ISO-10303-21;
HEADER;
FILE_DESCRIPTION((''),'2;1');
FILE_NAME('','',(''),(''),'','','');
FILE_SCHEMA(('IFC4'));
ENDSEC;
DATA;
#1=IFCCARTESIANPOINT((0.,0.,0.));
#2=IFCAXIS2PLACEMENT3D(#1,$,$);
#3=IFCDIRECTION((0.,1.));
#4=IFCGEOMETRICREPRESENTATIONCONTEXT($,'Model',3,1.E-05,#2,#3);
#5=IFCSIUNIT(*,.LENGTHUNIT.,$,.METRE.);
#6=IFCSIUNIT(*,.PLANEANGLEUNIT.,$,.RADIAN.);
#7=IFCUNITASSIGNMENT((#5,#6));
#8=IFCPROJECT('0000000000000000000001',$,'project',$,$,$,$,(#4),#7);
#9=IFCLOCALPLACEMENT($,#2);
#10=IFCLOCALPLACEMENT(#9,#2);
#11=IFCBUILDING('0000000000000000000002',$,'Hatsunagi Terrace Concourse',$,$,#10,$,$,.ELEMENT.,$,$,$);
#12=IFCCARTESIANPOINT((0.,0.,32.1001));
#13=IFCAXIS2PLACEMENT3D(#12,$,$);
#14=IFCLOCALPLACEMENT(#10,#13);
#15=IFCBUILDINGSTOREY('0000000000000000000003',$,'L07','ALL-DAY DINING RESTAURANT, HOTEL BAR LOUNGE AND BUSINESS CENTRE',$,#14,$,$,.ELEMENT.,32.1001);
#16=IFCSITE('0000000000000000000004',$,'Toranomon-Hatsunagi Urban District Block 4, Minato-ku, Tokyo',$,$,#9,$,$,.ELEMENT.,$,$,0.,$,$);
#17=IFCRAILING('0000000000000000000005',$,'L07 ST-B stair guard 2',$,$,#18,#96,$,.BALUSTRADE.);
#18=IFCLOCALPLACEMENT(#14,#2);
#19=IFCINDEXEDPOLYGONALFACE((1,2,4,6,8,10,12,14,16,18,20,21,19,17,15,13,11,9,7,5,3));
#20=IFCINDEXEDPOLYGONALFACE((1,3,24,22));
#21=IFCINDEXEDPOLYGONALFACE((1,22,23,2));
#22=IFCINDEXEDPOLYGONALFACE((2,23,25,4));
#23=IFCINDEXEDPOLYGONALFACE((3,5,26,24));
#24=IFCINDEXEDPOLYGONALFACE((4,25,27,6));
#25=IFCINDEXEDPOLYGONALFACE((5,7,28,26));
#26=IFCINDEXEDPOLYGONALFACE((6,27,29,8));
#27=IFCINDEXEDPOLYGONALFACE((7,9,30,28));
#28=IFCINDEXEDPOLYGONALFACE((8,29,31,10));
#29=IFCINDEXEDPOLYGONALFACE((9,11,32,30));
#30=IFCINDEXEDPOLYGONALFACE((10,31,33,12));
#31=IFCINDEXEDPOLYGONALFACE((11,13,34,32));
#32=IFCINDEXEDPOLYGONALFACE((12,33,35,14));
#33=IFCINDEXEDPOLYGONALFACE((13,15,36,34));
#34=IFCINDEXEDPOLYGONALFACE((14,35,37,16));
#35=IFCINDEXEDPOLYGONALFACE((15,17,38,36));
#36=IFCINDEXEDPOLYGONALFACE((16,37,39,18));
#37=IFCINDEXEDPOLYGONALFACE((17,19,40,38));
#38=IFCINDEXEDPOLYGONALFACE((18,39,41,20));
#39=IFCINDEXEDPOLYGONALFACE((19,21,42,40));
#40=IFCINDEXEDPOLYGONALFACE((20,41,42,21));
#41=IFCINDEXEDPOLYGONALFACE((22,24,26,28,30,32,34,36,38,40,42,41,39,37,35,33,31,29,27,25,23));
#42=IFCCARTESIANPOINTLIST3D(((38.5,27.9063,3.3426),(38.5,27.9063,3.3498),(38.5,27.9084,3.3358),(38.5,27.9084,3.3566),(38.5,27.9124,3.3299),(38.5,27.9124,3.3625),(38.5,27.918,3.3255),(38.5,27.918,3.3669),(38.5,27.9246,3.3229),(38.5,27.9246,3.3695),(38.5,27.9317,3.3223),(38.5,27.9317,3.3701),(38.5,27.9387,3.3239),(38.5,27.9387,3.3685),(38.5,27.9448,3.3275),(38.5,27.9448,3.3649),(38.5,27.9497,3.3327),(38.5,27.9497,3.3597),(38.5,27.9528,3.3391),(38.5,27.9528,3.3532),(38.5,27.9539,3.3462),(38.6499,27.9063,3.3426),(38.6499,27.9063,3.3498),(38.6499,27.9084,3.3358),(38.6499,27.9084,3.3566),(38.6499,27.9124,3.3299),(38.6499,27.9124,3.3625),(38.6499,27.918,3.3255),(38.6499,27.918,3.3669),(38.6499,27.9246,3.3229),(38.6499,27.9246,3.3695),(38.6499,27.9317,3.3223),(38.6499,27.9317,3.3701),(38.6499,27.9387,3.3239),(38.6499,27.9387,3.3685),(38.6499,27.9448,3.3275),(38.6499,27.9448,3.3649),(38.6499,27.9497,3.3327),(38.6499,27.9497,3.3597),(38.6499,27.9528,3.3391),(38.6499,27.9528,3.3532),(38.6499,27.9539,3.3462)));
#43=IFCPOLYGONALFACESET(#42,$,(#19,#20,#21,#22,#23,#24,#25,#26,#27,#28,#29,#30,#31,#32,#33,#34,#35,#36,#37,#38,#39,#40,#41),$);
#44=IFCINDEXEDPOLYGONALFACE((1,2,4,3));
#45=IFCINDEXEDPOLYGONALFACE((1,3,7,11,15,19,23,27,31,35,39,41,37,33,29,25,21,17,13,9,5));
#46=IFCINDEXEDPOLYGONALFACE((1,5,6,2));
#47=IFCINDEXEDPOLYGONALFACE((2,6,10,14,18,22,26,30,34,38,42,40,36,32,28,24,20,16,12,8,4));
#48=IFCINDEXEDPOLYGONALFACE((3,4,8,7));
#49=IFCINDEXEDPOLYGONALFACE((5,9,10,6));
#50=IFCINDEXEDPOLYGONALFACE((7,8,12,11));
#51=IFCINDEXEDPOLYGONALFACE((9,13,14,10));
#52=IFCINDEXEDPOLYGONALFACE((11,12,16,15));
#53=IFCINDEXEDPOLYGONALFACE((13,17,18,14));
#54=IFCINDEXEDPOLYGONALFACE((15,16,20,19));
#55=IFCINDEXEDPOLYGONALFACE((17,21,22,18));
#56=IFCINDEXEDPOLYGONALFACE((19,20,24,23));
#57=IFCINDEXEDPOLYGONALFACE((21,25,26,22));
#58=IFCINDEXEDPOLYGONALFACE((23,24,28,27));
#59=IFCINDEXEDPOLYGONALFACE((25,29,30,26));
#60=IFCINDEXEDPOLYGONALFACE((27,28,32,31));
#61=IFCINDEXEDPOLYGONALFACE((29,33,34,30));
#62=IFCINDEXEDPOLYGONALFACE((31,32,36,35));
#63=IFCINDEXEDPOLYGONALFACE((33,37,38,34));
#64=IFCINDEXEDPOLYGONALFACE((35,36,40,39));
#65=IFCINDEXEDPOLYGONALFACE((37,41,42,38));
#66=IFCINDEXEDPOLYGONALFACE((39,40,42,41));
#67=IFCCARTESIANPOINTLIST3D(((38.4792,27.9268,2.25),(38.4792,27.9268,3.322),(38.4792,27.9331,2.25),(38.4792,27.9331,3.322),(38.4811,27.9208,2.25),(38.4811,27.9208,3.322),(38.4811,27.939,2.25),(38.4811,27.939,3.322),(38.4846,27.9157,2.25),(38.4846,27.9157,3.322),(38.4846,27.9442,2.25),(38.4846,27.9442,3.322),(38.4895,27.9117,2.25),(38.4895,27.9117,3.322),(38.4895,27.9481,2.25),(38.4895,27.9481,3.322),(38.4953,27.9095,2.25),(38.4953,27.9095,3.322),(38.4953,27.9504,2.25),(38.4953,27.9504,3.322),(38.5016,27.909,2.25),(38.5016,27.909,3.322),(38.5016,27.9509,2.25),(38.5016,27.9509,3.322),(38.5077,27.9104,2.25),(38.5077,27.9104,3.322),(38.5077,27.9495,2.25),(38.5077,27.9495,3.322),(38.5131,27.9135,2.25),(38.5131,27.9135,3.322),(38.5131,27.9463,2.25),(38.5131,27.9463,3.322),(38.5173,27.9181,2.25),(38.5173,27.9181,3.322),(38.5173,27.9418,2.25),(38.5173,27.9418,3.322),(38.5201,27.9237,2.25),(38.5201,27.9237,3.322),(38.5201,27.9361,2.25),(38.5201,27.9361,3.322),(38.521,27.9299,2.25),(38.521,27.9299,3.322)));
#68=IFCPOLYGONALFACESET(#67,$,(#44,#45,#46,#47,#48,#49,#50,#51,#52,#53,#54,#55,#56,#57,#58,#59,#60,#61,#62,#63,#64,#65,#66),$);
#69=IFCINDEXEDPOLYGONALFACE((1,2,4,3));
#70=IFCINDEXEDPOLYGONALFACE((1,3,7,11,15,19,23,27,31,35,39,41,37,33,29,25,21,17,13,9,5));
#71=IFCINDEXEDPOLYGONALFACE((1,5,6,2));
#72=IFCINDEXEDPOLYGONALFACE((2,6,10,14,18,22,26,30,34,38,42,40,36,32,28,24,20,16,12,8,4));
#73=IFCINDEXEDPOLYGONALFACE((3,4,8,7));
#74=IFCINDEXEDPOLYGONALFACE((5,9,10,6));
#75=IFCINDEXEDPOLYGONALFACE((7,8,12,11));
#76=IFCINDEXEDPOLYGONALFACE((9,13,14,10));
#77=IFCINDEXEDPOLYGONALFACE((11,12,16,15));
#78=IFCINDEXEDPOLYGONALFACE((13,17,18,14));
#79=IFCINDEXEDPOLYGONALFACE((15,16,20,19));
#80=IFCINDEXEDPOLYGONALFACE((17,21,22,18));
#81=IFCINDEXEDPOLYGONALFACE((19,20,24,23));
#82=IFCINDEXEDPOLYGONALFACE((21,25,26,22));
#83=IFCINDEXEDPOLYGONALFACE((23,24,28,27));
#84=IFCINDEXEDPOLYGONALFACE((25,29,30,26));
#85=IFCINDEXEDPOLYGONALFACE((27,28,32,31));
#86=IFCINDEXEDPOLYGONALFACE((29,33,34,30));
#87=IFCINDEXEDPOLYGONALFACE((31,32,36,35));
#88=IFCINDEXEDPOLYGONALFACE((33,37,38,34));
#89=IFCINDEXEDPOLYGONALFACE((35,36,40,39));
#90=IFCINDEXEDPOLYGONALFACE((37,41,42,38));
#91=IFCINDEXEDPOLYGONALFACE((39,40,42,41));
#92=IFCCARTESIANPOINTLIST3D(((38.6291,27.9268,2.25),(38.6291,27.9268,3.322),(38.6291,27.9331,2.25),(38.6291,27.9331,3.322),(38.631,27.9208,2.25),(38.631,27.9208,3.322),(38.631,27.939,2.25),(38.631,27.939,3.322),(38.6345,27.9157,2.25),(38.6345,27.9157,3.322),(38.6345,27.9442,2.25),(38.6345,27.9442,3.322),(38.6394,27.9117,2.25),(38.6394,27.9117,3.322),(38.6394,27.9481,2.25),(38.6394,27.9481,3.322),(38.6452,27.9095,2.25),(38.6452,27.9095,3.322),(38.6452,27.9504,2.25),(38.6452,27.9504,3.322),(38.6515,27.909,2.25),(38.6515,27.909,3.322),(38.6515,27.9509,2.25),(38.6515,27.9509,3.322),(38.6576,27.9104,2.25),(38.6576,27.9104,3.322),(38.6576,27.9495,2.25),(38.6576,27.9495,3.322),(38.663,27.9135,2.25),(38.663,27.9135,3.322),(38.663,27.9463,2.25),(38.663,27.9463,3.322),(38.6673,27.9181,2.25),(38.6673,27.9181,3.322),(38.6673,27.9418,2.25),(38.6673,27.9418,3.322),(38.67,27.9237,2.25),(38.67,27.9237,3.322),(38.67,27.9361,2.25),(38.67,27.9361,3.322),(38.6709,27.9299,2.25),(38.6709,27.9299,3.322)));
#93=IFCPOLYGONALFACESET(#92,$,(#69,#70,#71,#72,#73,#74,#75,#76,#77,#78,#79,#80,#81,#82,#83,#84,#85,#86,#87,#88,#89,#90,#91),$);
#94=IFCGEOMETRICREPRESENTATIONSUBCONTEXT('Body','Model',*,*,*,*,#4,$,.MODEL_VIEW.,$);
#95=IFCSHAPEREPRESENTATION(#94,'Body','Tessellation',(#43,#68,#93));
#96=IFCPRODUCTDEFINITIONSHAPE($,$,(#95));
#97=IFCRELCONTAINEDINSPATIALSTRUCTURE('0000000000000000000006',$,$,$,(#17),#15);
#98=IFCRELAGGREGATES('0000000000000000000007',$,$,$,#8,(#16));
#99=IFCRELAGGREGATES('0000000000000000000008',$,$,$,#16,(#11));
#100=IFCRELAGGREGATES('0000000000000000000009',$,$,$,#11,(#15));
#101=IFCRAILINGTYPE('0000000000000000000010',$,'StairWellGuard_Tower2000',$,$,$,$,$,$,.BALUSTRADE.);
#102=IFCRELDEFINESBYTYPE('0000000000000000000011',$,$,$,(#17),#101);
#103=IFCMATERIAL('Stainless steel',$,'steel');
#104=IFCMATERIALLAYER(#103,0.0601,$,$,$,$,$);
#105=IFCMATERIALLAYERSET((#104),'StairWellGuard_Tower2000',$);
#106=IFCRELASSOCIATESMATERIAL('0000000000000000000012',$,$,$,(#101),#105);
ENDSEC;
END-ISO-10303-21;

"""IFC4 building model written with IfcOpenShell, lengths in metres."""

from ifc_helpers import new_model, si_unit, direction, frame, origin, origin_2d, place, context, subcontext, project, spatial, circle, extrude, material, layer, layer_set, type_object, element, save


model = new_model("IFC4")

# Units and contexts
model_context = context("Model", 3, precision=1e-05, world=origin(), true_north=direction((0.0, 1.0)))
body_context = subcontext(model_context, "Body", "Model", "MODEL_VIEW")
ifc_project = project(units=[si_unit("LENGTHUNIT", "METRE"), si_unit("PLANEANGLEUNIT", "RADIAN")], contexts=[model_context])

# Site, building, storey
site_placement = place(None, origin())
site = spatial("IfcSite", under=ifc_project, at=site_placement, Name="Toranomon-Hatsunagi Urban District Block 4, Minato-ku, Tokyo", CompositionType="ELEMENT", RefElevation=0.0)
building_placement = place(site_placement, origin())
building = spatial("IfcBuilding", under=site, at=building_placement, Name="Hatsunagi Terrace Concourse", CompositionType="ELEMENT")
storey_placement = place(building_placement, frame((0.0, 0.0, 32.1001)))
storey = spatial("IfcBuildingStorey", under=building, at=storey_placement, Name="L07", Description="ALL-DAY DINING RESTAURANT, HOTEL BAR LOUNGE AND BUSINESS CENTRE", CompositionType="ELEMENT", Elevation=32.1001)

# Railing
ifc_material_1 = material(Name="Stainless steel", Category="steel")
ifc_layer_1 = layer(ifc_material_1, 0.0601)
ifc_layer_set_1 = layer_set([ifc_layer_1], Name="StairWellGuard_Tower2000")
railing_type_1 = type_object("IfcRailingType", Name="StairWellGuard_Tower2000", PredefinedType="BALUSTRADE", material=ifc_layer_set_1)
railing_1_placement = place(storey_placement, frame((38.5, 27.9299, 2.25)))
element("IfcRailing", 1, at=railing_1_placement, inside=storey, type_object=railing_type_1, Name="L07 ST-B stair guard 2", PredefinedType="BALUSTRADE", context=body_context, shape_type="SweptSolid", body=[
    extrude(circle(Radius=0.0239, at=origin_2d()), frame((0.0, 0.0, 1.0962), z_axis=(1.0, 0.0, 0.0), x_axis=(0.0, 1.0, 0.0)), (0.0, 0.0, 1.0), 0.1499),
    extrude(circle(Radius=0.021, at=origin_2d()), origin(), (0.0, 0.0, 1.0), 1.072),
    extrude(circle(Radius=0.021, at=origin_2d()), frame((0.1499, 0.0, 0.0)), (0.0, 0.0, 1.0), 1.072),
])

save(model, "model.ifc")
